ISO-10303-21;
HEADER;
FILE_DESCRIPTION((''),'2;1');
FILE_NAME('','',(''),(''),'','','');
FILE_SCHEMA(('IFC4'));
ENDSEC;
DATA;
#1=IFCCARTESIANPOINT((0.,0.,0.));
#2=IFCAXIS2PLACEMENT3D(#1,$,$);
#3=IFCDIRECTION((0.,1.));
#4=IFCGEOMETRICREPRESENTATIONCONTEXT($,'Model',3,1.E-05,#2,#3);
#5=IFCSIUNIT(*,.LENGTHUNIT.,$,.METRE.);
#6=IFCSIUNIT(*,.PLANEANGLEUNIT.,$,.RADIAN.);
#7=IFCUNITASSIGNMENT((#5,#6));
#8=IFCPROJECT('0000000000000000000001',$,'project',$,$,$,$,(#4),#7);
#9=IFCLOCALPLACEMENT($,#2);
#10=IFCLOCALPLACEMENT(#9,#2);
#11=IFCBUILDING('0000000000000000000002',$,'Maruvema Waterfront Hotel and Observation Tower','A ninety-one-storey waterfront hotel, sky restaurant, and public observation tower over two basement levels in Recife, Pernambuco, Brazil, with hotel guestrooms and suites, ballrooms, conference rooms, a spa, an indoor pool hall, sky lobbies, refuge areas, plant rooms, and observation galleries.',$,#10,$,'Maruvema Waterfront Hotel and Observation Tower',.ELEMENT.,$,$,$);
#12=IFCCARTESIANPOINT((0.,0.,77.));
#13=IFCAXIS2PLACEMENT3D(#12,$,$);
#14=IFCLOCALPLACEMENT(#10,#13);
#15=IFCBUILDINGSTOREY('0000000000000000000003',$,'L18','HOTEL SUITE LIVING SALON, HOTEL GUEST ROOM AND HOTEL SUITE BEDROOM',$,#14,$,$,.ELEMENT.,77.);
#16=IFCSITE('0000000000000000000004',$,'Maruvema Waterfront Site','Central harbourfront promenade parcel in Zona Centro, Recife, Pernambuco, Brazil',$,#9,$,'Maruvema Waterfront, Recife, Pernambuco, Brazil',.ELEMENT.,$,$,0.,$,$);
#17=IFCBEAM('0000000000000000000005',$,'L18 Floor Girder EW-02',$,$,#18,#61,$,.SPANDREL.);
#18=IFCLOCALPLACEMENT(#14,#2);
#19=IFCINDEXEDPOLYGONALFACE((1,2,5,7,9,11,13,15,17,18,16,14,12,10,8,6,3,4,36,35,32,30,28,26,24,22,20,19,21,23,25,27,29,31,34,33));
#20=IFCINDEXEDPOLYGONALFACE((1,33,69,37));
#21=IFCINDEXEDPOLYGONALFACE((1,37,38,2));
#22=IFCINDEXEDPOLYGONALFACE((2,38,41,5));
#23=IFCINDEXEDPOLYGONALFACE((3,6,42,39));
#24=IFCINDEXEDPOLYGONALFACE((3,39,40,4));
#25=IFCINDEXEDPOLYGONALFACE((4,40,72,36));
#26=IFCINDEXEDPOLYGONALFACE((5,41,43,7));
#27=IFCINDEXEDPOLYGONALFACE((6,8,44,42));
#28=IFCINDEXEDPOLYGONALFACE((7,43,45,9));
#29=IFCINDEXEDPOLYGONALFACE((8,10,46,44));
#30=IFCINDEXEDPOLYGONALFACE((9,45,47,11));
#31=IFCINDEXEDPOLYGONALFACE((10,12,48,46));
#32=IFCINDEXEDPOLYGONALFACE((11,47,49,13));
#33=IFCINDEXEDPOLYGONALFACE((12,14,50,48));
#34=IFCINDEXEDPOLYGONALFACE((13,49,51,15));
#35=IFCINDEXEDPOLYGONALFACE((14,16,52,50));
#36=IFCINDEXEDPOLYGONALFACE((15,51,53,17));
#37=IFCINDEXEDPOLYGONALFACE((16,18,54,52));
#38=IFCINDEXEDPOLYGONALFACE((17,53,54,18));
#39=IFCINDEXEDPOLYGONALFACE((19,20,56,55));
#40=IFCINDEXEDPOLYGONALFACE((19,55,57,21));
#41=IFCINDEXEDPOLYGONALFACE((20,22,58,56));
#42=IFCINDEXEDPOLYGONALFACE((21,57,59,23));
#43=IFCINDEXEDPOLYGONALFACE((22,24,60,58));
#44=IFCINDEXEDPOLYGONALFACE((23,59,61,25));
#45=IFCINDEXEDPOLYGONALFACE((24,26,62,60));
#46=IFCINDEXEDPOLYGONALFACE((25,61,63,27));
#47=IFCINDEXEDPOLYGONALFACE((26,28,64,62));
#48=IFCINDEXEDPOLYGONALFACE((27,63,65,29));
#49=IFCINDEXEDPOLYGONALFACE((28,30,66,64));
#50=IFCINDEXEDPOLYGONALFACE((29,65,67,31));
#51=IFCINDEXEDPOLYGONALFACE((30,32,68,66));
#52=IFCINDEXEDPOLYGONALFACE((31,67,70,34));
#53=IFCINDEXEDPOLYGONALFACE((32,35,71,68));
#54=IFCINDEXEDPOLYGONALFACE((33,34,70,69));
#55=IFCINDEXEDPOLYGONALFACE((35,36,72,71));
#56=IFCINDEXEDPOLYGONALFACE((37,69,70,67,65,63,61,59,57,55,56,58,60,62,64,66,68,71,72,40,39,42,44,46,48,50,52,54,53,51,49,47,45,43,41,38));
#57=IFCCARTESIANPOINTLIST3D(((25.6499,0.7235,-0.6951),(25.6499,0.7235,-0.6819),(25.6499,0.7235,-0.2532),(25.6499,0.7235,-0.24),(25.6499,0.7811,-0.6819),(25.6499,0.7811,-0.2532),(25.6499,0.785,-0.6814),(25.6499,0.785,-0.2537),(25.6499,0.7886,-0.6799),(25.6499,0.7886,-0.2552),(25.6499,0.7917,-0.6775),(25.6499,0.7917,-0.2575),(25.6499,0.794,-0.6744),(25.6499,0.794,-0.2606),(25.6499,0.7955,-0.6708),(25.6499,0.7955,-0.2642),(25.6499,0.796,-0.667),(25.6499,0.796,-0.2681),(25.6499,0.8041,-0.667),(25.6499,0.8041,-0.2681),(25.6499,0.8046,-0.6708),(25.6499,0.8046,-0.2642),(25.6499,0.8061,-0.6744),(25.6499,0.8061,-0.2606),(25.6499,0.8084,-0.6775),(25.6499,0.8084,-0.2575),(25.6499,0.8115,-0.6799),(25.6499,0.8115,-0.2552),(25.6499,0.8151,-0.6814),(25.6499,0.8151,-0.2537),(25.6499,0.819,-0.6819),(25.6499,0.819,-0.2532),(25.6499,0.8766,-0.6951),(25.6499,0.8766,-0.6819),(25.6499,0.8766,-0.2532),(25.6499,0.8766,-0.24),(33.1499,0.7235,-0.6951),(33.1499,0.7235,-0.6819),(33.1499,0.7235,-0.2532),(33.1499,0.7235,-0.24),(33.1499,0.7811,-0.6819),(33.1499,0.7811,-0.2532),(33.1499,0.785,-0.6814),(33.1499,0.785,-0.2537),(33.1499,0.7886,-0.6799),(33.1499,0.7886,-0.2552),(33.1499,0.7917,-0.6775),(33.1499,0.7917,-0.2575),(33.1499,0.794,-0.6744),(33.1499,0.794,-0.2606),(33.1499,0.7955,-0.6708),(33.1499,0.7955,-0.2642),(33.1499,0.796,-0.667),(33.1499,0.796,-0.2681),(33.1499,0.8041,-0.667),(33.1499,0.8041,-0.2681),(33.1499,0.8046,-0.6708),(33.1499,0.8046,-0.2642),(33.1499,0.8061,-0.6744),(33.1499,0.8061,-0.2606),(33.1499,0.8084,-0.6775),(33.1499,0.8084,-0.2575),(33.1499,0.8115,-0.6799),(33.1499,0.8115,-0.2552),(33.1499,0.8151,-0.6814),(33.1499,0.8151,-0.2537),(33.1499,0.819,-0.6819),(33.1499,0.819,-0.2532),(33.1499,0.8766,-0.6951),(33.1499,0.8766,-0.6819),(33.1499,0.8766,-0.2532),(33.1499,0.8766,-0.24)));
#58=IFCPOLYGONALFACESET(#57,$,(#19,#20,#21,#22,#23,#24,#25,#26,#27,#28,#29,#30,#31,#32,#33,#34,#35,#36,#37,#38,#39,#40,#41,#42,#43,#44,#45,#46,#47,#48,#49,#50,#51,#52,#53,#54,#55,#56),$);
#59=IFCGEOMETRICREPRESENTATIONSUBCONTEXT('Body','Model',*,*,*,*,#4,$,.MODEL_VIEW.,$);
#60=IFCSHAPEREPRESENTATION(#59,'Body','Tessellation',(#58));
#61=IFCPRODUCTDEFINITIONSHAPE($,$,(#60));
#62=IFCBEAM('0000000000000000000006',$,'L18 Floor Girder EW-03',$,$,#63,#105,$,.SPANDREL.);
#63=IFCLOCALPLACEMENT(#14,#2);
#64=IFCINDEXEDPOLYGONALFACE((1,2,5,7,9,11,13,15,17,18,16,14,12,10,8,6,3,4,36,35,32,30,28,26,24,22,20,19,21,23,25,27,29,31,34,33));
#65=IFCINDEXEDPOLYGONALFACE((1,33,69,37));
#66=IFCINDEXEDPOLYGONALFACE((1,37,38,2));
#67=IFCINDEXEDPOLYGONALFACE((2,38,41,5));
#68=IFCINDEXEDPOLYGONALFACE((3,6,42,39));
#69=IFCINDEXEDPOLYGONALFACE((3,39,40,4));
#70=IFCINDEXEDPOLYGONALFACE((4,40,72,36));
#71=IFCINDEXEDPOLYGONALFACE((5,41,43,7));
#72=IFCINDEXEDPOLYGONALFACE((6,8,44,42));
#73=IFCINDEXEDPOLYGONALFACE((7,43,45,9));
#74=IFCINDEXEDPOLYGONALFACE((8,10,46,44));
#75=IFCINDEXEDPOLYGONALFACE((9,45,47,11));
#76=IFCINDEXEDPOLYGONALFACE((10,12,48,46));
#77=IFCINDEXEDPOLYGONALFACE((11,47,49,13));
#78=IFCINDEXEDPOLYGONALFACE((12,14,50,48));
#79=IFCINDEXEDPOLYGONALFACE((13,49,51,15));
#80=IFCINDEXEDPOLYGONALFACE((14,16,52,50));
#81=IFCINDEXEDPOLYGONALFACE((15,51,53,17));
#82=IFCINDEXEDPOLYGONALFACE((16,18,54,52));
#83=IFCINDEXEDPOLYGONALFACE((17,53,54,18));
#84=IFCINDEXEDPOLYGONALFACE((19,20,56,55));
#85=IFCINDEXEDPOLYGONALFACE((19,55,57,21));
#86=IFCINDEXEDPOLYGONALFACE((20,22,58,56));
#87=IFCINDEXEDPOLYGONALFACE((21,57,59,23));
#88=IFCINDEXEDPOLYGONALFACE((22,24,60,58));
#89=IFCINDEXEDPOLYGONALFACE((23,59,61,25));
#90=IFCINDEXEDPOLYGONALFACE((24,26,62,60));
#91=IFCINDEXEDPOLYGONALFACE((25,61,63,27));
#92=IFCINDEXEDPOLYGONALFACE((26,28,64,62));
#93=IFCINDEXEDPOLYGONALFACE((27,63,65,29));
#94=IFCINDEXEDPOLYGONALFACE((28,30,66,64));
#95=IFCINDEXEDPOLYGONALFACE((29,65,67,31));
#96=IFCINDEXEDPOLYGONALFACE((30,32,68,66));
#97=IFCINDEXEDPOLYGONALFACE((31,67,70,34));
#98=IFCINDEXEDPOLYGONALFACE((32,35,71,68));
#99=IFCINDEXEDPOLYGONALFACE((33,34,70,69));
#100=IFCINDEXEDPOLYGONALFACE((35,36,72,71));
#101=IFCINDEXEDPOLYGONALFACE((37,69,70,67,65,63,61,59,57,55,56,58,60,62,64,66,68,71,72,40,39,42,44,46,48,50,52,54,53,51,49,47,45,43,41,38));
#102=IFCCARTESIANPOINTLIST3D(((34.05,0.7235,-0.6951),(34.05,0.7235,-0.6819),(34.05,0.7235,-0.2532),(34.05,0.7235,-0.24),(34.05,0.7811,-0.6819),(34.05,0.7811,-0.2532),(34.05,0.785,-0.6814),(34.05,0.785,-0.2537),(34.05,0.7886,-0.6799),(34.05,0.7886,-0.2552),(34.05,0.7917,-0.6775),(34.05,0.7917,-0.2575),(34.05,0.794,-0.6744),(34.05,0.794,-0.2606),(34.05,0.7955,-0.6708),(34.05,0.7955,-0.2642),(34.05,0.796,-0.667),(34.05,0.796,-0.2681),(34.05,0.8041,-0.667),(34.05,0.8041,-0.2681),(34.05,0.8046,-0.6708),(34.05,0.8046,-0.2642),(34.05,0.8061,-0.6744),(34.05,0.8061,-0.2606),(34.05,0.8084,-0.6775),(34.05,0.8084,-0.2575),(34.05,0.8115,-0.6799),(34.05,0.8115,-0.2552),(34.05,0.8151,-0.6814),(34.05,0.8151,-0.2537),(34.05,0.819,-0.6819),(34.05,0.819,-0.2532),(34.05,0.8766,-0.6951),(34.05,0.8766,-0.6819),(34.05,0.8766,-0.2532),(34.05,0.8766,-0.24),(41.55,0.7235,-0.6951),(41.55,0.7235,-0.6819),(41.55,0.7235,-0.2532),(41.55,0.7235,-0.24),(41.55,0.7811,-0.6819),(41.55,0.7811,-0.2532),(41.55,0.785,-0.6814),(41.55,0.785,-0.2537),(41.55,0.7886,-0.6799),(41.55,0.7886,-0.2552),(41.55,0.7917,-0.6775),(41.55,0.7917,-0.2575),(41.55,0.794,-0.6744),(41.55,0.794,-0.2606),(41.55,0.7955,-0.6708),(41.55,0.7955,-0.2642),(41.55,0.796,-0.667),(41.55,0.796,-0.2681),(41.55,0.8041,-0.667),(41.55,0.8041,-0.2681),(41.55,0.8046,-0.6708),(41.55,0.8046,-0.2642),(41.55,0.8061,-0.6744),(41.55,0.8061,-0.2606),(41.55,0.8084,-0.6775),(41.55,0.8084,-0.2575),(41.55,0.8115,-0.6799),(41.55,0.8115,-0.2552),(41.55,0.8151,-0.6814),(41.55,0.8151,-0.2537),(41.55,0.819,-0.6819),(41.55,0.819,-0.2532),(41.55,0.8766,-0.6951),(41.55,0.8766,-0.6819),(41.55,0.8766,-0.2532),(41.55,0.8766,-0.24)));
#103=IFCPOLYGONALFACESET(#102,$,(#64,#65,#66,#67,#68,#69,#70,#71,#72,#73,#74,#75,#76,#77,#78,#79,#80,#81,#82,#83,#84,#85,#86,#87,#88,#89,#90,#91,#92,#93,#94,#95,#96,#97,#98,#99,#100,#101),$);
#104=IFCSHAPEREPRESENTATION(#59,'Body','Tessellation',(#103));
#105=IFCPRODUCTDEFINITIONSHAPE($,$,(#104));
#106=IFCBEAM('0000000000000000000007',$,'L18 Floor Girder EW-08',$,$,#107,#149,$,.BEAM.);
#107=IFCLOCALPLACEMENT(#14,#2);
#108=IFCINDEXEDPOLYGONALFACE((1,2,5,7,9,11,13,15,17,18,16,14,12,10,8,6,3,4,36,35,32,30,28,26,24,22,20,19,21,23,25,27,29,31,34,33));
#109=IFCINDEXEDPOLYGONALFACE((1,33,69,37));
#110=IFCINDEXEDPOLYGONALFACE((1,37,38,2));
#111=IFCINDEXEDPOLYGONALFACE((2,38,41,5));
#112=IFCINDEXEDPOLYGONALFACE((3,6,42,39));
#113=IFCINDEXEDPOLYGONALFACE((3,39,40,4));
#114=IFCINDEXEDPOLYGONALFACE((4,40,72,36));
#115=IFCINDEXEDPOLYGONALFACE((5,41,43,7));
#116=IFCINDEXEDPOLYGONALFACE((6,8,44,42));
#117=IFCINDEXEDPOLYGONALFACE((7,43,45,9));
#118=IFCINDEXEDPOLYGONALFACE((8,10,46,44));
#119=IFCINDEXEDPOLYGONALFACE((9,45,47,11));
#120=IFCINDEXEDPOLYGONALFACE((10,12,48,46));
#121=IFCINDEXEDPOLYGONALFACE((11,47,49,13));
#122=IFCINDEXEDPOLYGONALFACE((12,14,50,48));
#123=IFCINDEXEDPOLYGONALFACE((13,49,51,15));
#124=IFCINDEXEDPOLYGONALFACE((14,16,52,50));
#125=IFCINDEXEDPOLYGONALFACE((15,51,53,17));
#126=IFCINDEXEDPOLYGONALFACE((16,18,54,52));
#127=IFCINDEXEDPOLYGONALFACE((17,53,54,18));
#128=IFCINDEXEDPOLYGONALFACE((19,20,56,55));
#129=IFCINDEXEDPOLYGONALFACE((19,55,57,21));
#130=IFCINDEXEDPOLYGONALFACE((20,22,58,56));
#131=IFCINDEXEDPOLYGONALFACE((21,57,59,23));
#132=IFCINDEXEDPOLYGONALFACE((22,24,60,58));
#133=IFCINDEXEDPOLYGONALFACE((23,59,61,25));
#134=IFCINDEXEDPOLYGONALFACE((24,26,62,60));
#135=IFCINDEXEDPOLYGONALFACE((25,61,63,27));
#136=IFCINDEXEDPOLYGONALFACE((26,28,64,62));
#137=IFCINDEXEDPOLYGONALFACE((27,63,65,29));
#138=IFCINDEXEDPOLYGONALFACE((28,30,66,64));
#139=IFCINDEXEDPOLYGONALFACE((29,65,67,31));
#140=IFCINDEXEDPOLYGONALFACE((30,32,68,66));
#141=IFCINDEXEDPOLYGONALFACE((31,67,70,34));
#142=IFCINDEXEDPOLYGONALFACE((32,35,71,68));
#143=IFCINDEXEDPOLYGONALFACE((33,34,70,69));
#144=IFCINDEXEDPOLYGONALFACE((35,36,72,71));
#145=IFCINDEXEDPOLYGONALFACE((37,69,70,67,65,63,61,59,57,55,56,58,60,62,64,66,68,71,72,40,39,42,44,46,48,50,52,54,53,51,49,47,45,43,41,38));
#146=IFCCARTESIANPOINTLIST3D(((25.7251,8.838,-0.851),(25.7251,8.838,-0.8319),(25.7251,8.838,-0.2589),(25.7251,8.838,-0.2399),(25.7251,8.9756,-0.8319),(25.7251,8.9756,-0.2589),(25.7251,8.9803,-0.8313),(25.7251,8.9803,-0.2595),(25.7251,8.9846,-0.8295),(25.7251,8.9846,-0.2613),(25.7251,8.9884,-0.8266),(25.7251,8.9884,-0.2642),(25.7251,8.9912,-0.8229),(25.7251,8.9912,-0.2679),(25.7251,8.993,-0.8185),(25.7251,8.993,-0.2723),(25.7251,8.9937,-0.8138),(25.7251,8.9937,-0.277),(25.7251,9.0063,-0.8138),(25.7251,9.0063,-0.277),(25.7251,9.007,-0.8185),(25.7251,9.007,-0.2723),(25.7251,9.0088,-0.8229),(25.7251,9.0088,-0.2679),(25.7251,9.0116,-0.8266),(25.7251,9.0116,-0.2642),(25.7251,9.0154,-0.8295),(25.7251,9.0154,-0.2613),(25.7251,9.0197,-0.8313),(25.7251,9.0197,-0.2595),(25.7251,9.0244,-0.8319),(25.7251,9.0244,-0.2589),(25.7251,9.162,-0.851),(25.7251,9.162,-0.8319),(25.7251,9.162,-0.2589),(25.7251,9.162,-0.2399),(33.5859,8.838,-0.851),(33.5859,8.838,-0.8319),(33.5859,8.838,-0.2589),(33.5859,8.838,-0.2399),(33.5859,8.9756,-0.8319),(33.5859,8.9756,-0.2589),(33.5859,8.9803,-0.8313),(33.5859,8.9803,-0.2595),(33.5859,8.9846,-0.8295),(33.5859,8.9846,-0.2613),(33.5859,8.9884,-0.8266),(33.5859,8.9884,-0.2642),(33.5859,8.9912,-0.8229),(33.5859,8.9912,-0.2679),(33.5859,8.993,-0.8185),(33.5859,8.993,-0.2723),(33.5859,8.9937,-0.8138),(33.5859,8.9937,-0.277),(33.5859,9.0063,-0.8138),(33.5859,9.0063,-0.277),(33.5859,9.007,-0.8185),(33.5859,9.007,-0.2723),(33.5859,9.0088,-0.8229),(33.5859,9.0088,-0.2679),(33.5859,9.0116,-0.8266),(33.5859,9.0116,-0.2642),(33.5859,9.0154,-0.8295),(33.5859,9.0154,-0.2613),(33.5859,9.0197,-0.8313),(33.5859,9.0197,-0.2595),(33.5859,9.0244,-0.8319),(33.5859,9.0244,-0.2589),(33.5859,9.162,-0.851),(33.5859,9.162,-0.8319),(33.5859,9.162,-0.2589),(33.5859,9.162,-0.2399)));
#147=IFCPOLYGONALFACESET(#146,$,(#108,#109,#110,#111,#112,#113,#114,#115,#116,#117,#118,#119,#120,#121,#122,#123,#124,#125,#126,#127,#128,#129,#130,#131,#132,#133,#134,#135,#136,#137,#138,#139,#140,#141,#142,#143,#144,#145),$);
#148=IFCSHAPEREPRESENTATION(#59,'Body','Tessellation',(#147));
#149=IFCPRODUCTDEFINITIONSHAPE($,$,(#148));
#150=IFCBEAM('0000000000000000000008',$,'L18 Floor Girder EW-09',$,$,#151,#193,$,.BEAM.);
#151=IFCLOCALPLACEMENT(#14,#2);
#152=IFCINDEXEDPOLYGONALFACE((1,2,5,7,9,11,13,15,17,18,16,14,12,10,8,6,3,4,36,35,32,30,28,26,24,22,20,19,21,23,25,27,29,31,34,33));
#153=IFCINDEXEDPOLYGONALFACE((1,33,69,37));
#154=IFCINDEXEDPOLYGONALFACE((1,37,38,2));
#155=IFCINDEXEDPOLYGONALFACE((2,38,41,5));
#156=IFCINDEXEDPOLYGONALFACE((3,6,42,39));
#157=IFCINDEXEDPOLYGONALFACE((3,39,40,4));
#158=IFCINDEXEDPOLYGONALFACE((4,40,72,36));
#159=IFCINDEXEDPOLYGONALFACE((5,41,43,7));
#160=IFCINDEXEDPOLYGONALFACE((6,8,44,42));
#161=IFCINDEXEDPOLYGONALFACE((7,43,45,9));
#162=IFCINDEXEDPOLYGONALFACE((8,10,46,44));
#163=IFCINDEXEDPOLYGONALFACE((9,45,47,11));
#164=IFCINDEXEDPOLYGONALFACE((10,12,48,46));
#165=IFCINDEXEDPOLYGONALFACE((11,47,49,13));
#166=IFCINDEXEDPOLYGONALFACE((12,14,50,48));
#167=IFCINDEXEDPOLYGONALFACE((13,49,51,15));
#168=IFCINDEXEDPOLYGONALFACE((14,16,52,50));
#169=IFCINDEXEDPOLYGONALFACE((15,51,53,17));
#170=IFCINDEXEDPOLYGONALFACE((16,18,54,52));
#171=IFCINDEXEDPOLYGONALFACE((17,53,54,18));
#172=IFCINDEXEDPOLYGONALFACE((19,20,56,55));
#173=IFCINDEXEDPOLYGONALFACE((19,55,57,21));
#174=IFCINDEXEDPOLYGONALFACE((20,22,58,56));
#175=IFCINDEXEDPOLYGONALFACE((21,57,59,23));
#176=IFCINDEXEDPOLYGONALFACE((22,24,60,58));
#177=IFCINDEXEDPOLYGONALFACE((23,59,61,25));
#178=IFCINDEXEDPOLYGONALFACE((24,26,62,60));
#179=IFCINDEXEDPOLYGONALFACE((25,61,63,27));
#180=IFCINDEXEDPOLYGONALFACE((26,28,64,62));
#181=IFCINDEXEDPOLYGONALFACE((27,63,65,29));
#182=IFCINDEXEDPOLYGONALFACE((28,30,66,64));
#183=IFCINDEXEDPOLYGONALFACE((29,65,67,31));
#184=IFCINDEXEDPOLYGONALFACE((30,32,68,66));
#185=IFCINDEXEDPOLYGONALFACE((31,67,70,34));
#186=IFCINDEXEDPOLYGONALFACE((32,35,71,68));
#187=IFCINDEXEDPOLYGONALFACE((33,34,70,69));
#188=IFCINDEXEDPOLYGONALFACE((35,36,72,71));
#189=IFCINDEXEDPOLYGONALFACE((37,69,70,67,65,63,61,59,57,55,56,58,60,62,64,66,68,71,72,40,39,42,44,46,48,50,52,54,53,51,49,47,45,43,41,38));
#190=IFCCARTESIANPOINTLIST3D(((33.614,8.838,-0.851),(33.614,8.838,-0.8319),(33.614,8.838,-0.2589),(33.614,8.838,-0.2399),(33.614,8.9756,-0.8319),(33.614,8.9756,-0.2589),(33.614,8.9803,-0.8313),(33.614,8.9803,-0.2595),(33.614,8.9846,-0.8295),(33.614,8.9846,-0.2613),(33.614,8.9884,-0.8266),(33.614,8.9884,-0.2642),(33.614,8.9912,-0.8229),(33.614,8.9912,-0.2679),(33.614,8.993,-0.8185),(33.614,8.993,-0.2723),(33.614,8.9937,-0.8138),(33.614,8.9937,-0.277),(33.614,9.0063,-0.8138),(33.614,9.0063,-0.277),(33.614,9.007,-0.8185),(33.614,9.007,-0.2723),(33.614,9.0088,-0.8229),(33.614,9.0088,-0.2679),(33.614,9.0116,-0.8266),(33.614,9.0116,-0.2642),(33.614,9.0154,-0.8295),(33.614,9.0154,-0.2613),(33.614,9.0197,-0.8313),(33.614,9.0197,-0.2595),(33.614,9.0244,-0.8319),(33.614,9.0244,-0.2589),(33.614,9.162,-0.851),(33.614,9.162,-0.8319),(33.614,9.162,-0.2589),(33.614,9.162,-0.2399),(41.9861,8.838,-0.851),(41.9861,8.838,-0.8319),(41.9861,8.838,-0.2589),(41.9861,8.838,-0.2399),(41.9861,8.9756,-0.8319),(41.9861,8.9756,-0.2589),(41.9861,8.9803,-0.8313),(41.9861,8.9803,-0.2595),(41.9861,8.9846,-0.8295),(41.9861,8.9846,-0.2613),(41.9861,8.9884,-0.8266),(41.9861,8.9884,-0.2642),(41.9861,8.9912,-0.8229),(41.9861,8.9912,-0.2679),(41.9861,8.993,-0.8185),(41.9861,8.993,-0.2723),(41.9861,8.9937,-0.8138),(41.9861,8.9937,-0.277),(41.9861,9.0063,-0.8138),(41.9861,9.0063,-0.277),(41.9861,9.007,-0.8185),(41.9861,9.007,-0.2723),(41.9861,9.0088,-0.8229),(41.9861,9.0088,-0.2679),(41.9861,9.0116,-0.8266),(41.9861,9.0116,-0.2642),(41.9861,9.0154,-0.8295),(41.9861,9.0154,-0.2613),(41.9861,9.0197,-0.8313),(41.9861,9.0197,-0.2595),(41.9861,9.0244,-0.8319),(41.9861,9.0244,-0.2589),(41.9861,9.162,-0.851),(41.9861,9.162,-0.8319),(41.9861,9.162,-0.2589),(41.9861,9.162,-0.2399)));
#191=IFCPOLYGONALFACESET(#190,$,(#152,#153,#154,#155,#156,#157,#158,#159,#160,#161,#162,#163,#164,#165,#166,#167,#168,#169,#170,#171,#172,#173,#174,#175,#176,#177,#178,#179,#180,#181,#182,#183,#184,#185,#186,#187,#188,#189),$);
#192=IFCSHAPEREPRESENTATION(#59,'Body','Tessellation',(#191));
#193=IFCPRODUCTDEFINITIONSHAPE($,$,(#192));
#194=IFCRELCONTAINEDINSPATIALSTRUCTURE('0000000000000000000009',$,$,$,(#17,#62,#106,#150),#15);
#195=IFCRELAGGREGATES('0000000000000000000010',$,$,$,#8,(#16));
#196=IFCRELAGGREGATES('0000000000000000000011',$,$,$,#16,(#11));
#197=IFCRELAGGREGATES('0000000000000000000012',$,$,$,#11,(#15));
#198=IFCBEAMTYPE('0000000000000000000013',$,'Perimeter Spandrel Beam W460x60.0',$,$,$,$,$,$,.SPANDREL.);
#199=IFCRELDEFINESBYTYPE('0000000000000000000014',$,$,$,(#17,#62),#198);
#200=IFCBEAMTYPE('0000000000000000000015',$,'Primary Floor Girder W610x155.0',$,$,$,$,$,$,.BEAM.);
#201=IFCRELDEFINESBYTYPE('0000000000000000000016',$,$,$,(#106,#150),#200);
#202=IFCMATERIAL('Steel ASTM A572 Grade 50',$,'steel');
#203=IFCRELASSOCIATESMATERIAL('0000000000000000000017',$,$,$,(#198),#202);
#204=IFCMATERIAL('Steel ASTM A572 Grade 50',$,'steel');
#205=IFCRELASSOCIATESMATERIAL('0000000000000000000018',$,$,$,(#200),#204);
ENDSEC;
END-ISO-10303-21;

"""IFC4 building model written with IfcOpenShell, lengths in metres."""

from ifc_helpers import new_model, si_unit, direction, frame, origin, origin_2d, place, context, subcontext, project, spatial, i_section, extrude, material, material_profile, profile_set, type_object, element, save


model = new_model("IFC4")

# Units and contexts
model_context = context("Model", 3, precision=1e-05, world=origin(), true_north=direction((0.0, 1.0)))
body_context = subcontext(model_context, "Body", "Model", "MODEL_VIEW")
ifc_project = project(units=[si_unit("LENGTHUNIT", "METRE"), si_unit("PLANEANGLEUNIT", "RADIAN")], contexts=[model_context])

# Site, building, storey
site_placement = place(None, origin())
site = spatial("IfcSite", under=ifc_project, at=site_placement, Name="Maruvema Waterfront Site", Description="Central harbourfront promenade parcel in Zona Centro, Recife, Pernambuco, Brazil", LongName="Maruvema Waterfront, Recife, Pernambuco, Brazil", CompositionType="ELEMENT", RefElevation=0.0)
building_placement = place(site_placement, origin())
building = spatial("IfcBuilding", under=site, at=building_placement, Name="Maruvema Waterfront Hotel and Observation Tower", Description="A ninety-one-storey waterfront hotel, sky restaurant, and public observation tower over two basement levels in Recife, Pernambuco, Brazil, with hotel guestrooms and suites, ballrooms, conference rooms, a spa, an indoor pool hall, sky lobbies, refuge areas, plant rooms, and observation galleries.", LongName="Maruvema Waterfront Hotel and Observation Tower", CompositionType="ELEMENT")
storey_placement = place(building_placement, frame((0.0, 0.0, 77.0)))
storey = spatial("IfcBuildingStorey", under=building, at=storey_placement, Name="L18", Description="HOTEL SUITE LIVING SALON, HOTEL GUEST ROOM AND HOTEL SUITE BEDROOM", CompositionType="ELEMENT", Elevation=77.0)

# Beams
ifc_material_1 = material(Name="Steel ASTM A572 Grade 50", Category="steel")
ifc_material_profile_1 = material_profile(ifc_material_1, i_section(OverallWidth=0.1531, OverallDepth=0.4551, WebThickness=0.0081, FlangeThickness=0.0132, FilletRadius=0.0149, at=origin_2d()), Name="W460x60.0")
ifc_profile_set_1 = profile_set([ifc_material_profile_1], Name="Steel ASTM A572 Grade 50")
beam_type_1 = type_object("IfcBeamType", Name="Perimeter Spandrel Beam W460x60.0", PredefinedType="SPANDREL", material=ifc_profile_set_1)
for number, where, z_axis, x_axis, name in (
    (1, (25.6499, 0.8, -0.4675), (1.0, 0.0, 0.0), (0.0, 1.0, 0.0), "L18 Floor Girder EW-02"),
    (2, (34.05, 0.8, -0.4675), (1.0, 0.0, 0.0), (0.0, 1.0, 0.0), "L18 Floor Girder EW-03"),
):
    element("IfcBeam", number, at=place(storey_placement, frame(where, z_axis=z_axis, x_axis=x_axis)), inside=storey, type_object=beam_type_1, Name=name, PredefinedType="SPANDREL", context=body_context, shape_type="SweptSolid", body=[
        extrude(i_section(OverallWidth=0.1531, OverallDepth=0.4551, WebThickness=0.0081, FlangeThickness=0.0132, FilletRadius=0.0149, at=origin_2d()), origin(), (0.0, 0.0, 1.0), 7.5),
    ])
ifc_material_2 = material(Name="Steel ASTM A572 Grade 50", Category="steel")
ifc_material_profile_2 = material_profile(ifc_material_2, i_section(OverallWidth=0.324, OverallDepth=0.6111, WebThickness=0.0127, FlangeThickness=0.019, FilletRadius=0.0181, at=origin_2d()), Name="W610x155.0")
ifc_profile_set_2 = profile_set([ifc_material_profile_2], Name="Steel ASTM A572 Grade 50")
beam_type_2 = type_object("IfcBeamType", Name="Primary Floor Girder W610x155.0", PredefinedType="BEAM", material=ifc_profile_set_2)
beam_1_placement = place(storey_placement, frame((25.7251, 9.0, -0.5454), z_axis=(1.0, 0.0, 0.0), x_axis=(0.0, 1.0, 0.0)))
element("IfcBeam", 3, at=beam_1_placement, inside=storey, type_object=beam_type_2, Name="L18 Floor Girder EW-08", PredefinedType="BEAM", context=body_context, shape_type="SweptSolid", body=[
    extrude(i_section(OverallWidth=0.324, OverallDepth=0.6111, WebThickness=0.0127, FlangeThickness=0.019, FilletRadius=0.0181, at=origin_2d()), origin(), (0.0, 0.0, 1.0), 7.8608),
])
beam_2_placement = place(storey_placement, frame((33.614, 9.0, -0.5454), z_axis=(1.0, 0.0, 0.0), x_axis=(0.0, 1.0, 0.0)))
element("IfcBeam", 4, at=beam_2_placement, inside=storey, type_object=beam_type_2, Name="L18 Floor Girder EW-09", PredefinedType="BEAM", context=body_context, shape_type="SweptSolid", body=[
    extrude(i_section(OverallWidth=0.324, OverallDepth=0.6111, WebThickness=0.0127, FlangeThickness=0.019, FilletRadius=0.0181, at=origin_2d()), origin(), (0.0, 0.0, 1.0), 8.3721),
])

save(model, "model.ifc")
